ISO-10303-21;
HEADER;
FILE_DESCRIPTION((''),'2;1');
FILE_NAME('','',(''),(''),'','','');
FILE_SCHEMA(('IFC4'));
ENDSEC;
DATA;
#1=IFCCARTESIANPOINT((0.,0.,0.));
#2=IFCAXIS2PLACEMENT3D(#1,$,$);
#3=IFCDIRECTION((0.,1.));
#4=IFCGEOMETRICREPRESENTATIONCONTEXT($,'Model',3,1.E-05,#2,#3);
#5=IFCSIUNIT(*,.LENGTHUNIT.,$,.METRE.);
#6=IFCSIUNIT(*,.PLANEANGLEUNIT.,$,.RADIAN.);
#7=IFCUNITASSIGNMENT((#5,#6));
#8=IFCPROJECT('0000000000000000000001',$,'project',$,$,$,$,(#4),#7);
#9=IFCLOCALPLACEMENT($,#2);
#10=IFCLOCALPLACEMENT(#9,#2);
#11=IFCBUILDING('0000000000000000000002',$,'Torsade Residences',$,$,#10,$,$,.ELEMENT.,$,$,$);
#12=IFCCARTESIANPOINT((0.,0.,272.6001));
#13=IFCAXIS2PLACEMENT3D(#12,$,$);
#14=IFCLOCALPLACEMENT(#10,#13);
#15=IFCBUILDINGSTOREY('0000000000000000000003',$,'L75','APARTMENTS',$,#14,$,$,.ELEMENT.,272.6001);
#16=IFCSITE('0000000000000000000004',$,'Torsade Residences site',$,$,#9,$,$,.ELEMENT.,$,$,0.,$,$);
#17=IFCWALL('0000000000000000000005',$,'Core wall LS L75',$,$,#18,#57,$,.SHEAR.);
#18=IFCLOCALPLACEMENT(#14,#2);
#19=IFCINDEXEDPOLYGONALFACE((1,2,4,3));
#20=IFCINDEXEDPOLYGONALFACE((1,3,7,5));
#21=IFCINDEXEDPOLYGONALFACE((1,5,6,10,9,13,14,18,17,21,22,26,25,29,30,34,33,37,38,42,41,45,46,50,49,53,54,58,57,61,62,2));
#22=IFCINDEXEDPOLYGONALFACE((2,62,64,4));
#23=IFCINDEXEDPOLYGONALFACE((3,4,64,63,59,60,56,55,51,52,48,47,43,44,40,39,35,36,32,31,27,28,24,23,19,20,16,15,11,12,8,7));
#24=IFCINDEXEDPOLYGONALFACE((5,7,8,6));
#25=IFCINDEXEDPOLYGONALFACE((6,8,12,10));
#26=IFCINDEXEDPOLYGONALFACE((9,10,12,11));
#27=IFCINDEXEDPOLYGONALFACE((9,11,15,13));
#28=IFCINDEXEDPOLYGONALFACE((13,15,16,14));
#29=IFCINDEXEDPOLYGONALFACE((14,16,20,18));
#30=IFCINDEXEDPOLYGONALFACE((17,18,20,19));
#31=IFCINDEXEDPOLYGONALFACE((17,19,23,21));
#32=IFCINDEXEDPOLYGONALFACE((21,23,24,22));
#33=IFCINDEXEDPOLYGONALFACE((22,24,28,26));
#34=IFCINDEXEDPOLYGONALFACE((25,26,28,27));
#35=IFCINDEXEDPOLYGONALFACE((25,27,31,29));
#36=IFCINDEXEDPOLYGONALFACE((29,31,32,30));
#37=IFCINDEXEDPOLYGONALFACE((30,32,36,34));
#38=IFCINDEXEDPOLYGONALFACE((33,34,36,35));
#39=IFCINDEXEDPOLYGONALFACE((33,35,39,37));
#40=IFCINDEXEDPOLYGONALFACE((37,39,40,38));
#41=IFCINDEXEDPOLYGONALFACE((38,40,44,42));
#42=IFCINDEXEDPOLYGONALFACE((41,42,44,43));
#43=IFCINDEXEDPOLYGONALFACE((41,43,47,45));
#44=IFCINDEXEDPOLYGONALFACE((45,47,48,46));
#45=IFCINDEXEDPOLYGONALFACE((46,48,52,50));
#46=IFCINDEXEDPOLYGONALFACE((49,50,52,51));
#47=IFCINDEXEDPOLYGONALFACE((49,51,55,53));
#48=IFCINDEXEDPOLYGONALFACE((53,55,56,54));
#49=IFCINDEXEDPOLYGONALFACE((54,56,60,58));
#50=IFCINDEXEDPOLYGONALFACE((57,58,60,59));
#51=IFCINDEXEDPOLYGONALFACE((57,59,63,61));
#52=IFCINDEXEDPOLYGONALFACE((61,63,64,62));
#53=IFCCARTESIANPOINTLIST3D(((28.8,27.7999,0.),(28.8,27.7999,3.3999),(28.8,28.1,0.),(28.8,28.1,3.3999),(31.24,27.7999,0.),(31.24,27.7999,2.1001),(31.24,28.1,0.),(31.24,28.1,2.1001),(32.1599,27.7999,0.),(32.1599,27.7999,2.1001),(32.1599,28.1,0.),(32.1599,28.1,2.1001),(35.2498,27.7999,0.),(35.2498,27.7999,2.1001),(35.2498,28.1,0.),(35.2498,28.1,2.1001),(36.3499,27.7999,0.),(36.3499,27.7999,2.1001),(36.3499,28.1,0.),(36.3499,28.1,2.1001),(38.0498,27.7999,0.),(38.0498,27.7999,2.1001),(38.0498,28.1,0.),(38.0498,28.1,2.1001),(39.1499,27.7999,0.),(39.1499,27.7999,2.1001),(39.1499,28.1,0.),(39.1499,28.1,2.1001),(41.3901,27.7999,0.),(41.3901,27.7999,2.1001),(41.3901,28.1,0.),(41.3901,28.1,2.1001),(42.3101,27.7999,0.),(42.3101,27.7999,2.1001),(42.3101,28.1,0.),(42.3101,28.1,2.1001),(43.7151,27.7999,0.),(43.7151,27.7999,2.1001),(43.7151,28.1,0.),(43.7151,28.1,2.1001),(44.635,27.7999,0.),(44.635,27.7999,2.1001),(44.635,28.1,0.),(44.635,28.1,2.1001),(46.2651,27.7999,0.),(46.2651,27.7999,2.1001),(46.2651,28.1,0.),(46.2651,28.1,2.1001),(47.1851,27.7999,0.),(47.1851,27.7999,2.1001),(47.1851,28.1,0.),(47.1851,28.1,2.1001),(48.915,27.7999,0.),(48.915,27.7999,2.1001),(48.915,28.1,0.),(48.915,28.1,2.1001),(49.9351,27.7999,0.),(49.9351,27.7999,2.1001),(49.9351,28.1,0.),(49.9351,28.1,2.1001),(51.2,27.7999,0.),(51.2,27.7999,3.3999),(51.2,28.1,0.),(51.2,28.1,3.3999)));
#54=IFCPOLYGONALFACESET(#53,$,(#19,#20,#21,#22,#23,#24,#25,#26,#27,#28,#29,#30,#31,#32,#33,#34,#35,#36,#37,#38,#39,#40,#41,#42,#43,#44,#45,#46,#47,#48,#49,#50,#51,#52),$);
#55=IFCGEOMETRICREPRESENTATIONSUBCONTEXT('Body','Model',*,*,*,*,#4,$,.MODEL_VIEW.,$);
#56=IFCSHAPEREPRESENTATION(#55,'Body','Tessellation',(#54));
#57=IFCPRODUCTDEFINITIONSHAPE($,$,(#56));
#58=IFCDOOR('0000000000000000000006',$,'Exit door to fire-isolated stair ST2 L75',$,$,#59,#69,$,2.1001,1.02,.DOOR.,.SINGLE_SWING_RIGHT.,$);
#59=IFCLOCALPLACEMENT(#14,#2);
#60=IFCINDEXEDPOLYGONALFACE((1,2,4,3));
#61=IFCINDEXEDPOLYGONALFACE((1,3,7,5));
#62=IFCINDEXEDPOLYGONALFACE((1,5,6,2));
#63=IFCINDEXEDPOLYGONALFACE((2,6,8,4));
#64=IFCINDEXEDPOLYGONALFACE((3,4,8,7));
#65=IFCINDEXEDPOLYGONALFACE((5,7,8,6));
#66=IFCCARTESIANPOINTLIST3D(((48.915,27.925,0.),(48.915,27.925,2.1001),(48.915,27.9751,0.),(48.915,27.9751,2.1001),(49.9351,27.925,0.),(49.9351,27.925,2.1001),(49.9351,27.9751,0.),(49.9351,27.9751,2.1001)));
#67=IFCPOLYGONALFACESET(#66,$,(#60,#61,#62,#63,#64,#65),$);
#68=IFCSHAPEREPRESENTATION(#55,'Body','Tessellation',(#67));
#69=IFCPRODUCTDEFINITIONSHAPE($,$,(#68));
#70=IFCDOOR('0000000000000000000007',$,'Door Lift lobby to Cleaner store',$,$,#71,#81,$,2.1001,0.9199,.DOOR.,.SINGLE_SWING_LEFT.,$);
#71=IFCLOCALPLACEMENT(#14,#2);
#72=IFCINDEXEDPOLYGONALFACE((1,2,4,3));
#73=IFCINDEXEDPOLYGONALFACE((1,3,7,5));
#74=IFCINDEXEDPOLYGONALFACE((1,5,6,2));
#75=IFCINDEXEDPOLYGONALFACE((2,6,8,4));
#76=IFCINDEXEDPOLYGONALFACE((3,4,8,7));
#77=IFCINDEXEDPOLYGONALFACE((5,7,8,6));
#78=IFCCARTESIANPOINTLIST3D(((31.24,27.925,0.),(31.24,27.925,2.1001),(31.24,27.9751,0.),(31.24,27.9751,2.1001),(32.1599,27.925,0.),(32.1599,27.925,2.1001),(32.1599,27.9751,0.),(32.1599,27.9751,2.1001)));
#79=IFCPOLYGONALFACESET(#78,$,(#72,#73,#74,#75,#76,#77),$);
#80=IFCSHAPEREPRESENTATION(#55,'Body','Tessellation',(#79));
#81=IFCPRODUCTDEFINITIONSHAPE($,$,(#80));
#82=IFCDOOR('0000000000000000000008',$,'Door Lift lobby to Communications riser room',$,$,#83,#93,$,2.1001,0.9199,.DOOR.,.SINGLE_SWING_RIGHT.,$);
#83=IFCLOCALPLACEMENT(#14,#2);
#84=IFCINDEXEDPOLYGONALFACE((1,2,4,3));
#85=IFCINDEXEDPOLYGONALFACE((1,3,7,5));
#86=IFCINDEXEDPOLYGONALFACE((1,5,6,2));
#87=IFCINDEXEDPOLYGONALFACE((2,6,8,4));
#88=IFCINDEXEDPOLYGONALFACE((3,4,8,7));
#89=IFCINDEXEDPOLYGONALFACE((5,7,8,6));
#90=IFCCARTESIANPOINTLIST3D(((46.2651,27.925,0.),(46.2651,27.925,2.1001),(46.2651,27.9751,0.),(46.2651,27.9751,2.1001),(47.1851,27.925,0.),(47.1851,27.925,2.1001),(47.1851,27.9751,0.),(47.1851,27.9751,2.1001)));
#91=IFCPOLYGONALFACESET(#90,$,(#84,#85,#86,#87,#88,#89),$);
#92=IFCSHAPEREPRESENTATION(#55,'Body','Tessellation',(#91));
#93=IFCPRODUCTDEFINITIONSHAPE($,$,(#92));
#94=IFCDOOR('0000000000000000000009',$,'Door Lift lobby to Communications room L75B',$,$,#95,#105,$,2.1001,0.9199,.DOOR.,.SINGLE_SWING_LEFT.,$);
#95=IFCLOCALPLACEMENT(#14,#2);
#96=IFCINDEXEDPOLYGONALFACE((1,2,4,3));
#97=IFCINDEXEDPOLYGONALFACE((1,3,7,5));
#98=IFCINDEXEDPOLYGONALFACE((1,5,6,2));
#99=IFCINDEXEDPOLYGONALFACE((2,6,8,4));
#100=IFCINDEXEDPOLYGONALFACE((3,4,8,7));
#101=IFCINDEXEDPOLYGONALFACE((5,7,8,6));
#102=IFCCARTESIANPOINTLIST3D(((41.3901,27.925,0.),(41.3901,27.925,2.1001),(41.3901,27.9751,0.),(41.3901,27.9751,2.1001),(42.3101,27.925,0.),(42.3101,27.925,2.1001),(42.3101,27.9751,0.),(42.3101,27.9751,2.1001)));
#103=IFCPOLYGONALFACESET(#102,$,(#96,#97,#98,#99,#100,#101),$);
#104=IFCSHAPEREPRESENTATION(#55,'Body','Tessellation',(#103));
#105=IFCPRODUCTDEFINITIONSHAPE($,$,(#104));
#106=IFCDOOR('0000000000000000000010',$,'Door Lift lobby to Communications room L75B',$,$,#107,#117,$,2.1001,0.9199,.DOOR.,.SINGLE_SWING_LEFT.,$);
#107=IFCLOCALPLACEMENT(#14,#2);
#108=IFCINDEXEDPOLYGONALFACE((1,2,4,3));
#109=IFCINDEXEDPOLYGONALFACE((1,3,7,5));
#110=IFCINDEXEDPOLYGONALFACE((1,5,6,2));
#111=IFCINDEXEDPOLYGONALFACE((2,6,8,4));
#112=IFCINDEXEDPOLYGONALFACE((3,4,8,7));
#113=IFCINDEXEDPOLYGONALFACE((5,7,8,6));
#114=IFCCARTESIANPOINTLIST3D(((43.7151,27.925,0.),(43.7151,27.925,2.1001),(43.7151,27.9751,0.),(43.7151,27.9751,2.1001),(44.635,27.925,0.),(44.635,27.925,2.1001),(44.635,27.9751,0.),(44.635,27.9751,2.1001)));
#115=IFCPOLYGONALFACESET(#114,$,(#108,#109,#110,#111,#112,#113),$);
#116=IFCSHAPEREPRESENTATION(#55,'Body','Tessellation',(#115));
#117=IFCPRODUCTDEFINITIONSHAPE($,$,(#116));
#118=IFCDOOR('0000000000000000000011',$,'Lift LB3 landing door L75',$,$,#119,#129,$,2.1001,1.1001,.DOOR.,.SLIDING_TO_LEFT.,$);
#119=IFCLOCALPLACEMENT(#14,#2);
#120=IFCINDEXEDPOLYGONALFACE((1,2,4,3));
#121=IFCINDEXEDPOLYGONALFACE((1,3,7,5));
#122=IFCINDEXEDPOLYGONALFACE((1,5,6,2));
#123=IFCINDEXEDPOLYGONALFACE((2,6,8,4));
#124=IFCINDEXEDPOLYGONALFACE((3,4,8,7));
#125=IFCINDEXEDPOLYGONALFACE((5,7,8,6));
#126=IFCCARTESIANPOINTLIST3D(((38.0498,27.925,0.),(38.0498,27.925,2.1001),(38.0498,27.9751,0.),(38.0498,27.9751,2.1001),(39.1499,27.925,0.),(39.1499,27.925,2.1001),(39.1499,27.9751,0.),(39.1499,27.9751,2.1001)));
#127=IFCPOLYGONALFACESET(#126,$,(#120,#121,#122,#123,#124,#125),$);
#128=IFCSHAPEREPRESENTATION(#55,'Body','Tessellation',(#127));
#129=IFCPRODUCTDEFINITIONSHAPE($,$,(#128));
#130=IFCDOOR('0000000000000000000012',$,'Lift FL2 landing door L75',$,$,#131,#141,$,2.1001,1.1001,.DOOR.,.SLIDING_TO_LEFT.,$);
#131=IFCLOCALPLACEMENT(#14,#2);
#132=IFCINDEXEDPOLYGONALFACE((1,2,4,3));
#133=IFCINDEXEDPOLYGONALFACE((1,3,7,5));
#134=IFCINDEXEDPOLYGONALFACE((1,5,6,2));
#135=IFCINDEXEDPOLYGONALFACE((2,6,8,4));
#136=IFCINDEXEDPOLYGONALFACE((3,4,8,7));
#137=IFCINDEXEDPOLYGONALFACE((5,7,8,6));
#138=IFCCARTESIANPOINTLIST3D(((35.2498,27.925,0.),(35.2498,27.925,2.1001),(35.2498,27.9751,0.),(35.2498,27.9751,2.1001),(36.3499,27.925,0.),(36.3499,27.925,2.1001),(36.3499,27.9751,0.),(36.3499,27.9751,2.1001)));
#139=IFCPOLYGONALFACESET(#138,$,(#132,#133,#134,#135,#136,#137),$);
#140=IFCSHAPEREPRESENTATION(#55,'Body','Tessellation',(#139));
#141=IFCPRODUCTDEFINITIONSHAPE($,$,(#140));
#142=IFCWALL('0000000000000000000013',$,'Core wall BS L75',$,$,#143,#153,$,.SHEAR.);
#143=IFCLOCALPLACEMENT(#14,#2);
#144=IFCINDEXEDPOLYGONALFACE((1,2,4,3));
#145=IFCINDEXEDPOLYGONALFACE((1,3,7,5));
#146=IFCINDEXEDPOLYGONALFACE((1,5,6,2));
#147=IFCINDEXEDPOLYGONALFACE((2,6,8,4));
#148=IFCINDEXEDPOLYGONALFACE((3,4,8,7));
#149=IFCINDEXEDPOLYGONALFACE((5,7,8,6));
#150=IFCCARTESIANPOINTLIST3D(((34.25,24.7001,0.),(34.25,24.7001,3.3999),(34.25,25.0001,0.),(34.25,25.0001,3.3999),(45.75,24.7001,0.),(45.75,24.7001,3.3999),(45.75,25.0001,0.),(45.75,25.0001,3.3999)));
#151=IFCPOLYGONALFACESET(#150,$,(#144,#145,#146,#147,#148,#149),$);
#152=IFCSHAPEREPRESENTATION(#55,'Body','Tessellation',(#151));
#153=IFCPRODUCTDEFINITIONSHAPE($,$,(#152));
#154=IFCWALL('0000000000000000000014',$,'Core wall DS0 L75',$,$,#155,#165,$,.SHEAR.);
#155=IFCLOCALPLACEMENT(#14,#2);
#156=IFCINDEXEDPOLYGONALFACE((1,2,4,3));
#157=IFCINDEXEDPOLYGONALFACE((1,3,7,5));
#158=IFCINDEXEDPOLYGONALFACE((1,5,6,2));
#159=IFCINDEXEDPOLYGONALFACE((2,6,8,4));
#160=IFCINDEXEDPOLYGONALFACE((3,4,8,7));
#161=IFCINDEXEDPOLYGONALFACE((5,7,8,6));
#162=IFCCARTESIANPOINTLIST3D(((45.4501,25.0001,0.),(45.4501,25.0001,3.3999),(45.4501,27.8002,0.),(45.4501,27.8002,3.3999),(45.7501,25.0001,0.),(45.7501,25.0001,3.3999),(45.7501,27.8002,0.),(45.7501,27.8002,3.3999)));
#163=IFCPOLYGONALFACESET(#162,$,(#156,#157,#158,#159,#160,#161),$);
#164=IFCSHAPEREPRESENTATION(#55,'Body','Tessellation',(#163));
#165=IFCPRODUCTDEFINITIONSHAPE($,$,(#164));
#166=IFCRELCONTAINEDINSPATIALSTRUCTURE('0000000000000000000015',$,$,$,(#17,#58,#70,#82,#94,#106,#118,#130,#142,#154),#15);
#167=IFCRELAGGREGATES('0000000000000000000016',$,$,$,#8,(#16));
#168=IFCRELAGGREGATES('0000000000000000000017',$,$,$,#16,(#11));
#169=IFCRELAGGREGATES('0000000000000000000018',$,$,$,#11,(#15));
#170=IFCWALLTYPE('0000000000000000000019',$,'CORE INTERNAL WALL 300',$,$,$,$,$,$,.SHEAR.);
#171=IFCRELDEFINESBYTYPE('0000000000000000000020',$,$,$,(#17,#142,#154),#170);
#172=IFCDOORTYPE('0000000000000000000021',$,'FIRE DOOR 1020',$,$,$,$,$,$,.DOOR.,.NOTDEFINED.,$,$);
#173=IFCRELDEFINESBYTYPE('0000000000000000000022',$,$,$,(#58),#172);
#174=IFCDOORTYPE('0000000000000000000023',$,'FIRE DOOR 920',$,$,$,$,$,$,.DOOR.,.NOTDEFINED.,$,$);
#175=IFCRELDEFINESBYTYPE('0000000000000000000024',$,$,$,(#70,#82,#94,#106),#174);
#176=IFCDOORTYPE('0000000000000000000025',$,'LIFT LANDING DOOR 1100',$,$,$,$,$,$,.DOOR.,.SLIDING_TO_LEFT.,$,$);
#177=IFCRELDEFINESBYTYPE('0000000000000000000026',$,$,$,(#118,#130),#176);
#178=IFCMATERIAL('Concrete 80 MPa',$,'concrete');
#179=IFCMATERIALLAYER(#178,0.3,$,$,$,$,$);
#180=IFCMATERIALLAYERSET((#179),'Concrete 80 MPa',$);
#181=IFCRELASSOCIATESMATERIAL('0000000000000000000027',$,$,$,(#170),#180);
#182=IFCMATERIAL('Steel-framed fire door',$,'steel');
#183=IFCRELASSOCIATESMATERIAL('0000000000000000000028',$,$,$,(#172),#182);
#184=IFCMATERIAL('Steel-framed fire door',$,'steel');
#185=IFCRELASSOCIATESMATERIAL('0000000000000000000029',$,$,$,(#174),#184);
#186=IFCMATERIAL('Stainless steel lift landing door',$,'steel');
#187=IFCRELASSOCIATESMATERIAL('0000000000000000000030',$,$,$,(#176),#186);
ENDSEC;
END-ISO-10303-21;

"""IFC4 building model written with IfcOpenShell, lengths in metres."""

from ifc_helpers import new_model, si_unit, direction, frame, frame_2d, origin, place, context, subcontext, project, spatial, rectangle, extrude, material, layer, layer_set, type_object, element, fill, save


model = new_model("IFC4")

# Units and contexts
model_context = context("Model", 3, precision=1e-05, world=origin(), true_north=direction((0.0, 1.0)))
body_context = subcontext(model_context, "Body", "Model", "MODEL_VIEW")
ifc_project = project(units=[si_unit("LENGTHUNIT", "METRE"), si_unit("PLANEANGLEUNIT", "RADIAN")], contexts=[model_context])

# Site, building, storey
site_placement = place(None, origin())
site = spatial("IfcSite", under=ifc_project, at=site_placement, Name="Torsade Residences site", CompositionType="ELEMENT", RefElevation=0.0)
building_placement = place(site_placement, origin())
building = spatial("IfcBuilding", under=site, at=building_placement, Name="Torsade Residences", CompositionType="ELEMENT")
storey_placement = place(building_placement, frame((0.0, 0.0, 272.6001)))
storey = spatial("IfcBuildingStorey", under=building, at=storey_placement, Name="L75", Description="APARTMENTS", CompositionType="ELEMENT", Elevation=272.6001)

# Wall, openings, doors
ifc_material_1 = material(Name="Concrete 80 MPa", Category="concrete")
ifc_layer_1 = layer(ifc_material_1, 0.3)
ifc_layer_set_1 = layer_set([ifc_layer_1], Name="Concrete 80 MPa")
wall_type_1 = type_object("IfcWallType", Name="CORE INTERNAL WALL 300", PredefinedType="SHEAR", material=ifc_layer_set_1)
wall_1_placement = place(storey_placement, frame((51.2, 27.95, 0.0), z_axis=(0.0, 0.0, 1.0), x_axis=(-1.0, 0.0, 0.0)))
wall_1 = element("IfcWall", 1, at=wall_1_placement, inside=storey, type_object=wall_type_1, Name="Core wall LS L75", PredefinedType="SHEAR", context=body_context, shape_type="SweptSolid", body=[
    extrude(rectangle(XDim=22.3999, YDim=0.3, at=frame_2d((11.2, 0.0))), origin(), (0.0, 0.0, 1.0), 3.3999),
])
opening_1_placement = place(wall_1_placement, frame((19.04, 0.0, 0.0)))
opening_1 = element("IfcOpeningElement", 2, at=opening_1_placement, cuts=wall_1, PredefinedType="OPENING", context=body_context, shape_type="SweptSolid", body=[
    extrude(rectangle(XDim=0.9199, YDim=2.1001, at=frame_2d((0.46, 1.05))), frame((0.0, 0.1599, 0.0), z_axis=(0.0, -1.0, 0.0), x_axis=(1.0, 0.0, 0.0)), (0.0, 0.0, 1.0), 0.3201),
])
opening_2_placement = place(wall_1_placement, frame((1.2649, 0.0, 0.0)))
opening_2 = element("IfcOpeningElement", 3, at=opening_2_placement, cuts=wall_1, PredefinedType="OPENING", context=body_context, shape_type="SweptSolid", body=[
    extrude(rectangle(XDim=1.02, YDim=2.1001, at=frame_2d((0.51, 1.05))), frame((0.0, 0.1599, 0.0), z_axis=(0.0, -1.0, 0.0), x_axis=(1.0, 0.0, 0.0)), (0.0, 0.0, 1.0), 0.3201),
])
opening_3_placement = place(wall_1_placement, frame((4.0149, 0.0, 0.0)))
opening_3 = element("IfcOpeningElement", 4, at=opening_3_placement, cuts=wall_1, PredefinedType="OPENING", context=body_context, shape_type="SweptSolid", body=[
    extrude(rectangle(XDim=0.9199, YDim=2.1001, at=frame_2d((0.46, 1.05))), frame((0.0, 0.1599, 0.0), z_axis=(0.0, -1.0, 0.0), x_axis=(1.0, 0.0, 0.0)), (0.0, 0.0, 1.0), 0.3201),
])
opening_4_placement = place(wall_1_placement, frame((8.8899, 0.0, 0.0)))
opening_4 = element("IfcOpeningElement", 5, at=opening_4_placement, cuts=wall_1, PredefinedType="OPENING", context=body_context, shape_type="SweptSolid", body=[
    extrude(rectangle(XDim=0.9199, YDim=2.1001, at=frame_2d((0.46, 1.05))), frame((0.0, 0.1599, 0.0), z_axis=(0.0, -1.0, 0.0), x_axis=(1.0, 0.0, 0.0)), (0.0, 0.0, 1.0), 0.3201),
])
opening_5_placement = place(wall_1_placement, frame((6.5649, 0.0, 0.0)))
opening_5 = element("IfcOpeningElement", 6, at=opening_5_placement, cuts=wall_1, PredefinedType="OPENING", context=body_context, shape_type="SweptSolid", body=[
    extrude(rectangle(XDim=0.9199, YDim=2.1001, at=frame_2d((0.46, 1.05))), frame((0.0, 0.1599, 0.0), z_axis=(0.0, -1.0, 0.0), x_axis=(1.0, 0.0, 0.0)), (0.0, 0.0, 1.0), 0.3201),
])
opening_6_placement = place(wall_1_placement, frame((12.05, 0.0, 0.0)))
opening_6 = element("IfcOpeningElement", 7, at=opening_6_placement, cuts=wall_1, PredefinedType="OPENING", context=body_context, shape_type="SweptSolid", body=[
    extrude(rectangle(XDim=1.1001, YDim=2.1001, at=frame_2d((0.55, 1.05))), frame((0.0, 0.1599, 0.0), z_axis=(0.0, -1.0, 0.0), x_axis=(1.0, 0.0, 0.0)), (0.0, 0.0, 1.0), 0.3201),
])
opening_7_placement = place(wall_1_placement, frame((14.8501, 0.0, 0.0)))
opening_7 = element("IfcOpeningElement", 8, at=opening_7_placement, cuts=wall_1, PredefinedType="OPENING", context=body_context, shape_type="SweptSolid", body=[
    extrude(rectangle(XDim=1.1001, YDim=2.1001, at=frame_2d((0.55, 1.05))), frame((0.0, 0.1599, 0.0), z_axis=(0.0, -1.0, 0.0), x_axis=(1.0, 0.0, 0.0)), (0.0, 0.0, 1.0), 0.3201),
])
ifc_material_2 = material(Name="Steel-framed fire door", Category="steel")
door_type_1 = type_object("IfcDoorType", Name="FIRE DOOR 1020", OperationType="NOTDEFINED", PredefinedType="DOOR", material=ifc_material_2)
door_1_placement = place(opening_2_placement, origin())
door_1 = element("IfcDoor", 9, at=door_1_placement, inside=storey, type_object=door_type_1, Name="Exit door to fire-isolated stair ST2 L75", OperationType="SINGLE_SWING_RIGHT", OverallHeight=2.1001, OverallWidth=1.02, PredefinedType="DOOR", context=body_context, shape_type="SweptSolid", body=[
    extrude(rectangle(XDim=1.02, YDim=2.1001, at=frame_2d((0.51, 1.05))), frame((0.0, 0.0249, 0.0), z_axis=(0.0, -1.0, 0.0), x_axis=(1.0, 0.0, 0.0)), (0.0, 0.0, 1.0), 0.05),
])
fill(opening_2, door_1)
ifc_material_3 = material(Name="Steel-framed fire door", Category="steel")
door_type_2 = type_object("IfcDoorType", Name="FIRE DOOR 920", OperationType="NOTDEFINED", PredefinedType="DOOR", material=ifc_material_3)
door_2_placement = place(opening_1_placement, origin())
door_2 = element("IfcDoor", 10, at=door_2_placement, inside=storey, type_object=door_type_2, Name="Door Lift lobby to Cleaner store", OperationType="SINGLE_SWING_LEFT", OverallHeight=2.1001, OverallWidth=0.9199, PredefinedType="DOOR", context=body_context, shape_type="SweptSolid", body=[
    extrude(rectangle(XDim=0.9199, YDim=2.1001, at=frame_2d((0.46, 1.05))), frame((0.0, 0.0249, 0.0), z_axis=(0.0, -1.0, 0.0), x_axis=(1.0, 0.0, 0.0)), (0.0, 0.0, 1.0), 0.05),
])
fill(opening_1, door_2)
door_3_placement = place(opening_3_placement, origin())
door_3 = element("IfcDoor", 11, at=door_3_placement, inside=storey, type_object=door_type_2, Name="Door Lift lobby to Communications riser room", OperationType="SINGLE_SWING_RIGHT", OverallHeight=2.1001, OverallWidth=0.9199, PredefinedType="DOOR", context=body_context, shape_type="SweptSolid", body=[
    extrude(rectangle(XDim=0.9199, YDim=2.1001, at=frame_2d((0.46, 1.05))), frame((0.0, 0.0249, 0.0), z_axis=(0.0, -1.0, 0.0), x_axis=(1.0, 0.0, 0.0)), (0.0, 0.0, 1.0), 0.05),
])
fill(opening_3, door_3)
door_4_placement = place(opening_4_placement, origin())
door_4 = element("IfcDoor", 12, at=door_4_placement, inside=storey, type_object=door_type_2, Name="Door Lift lobby to Communications room L75B", OperationType="SINGLE_SWING_LEFT", OverallHeight=2.1001, OverallWidth=0.9199, PredefinedType="DOOR", context=body_context, shape_type="SweptSolid", body=[
    extrude(rectangle(XDim=0.9199, YDim=2.1001, at=frame_2d((0.46, 1.05))), frame((0.0, 0.0249, 0.0), z_axis=(0.0, -1.0, 0.0), x_axis=(1.0, 0.0, 0.0)), (0.0, 0.0, 1.0), 0.05),
])
fill(opening_4, door_4)
door_5_placement = place(opening_5_placement, origin())
door_5 = element("IfcDoor", 13, at=door_5_placement, inside=storey, type_object=door_type_2, Name="Door Lift lobby to Communications room L75B", OperationType="SINGLE_SWING_LEFT", OverallHeight=2.1001, OverallWidth=0.9199, PredefinedType="DOOR", context=body_context, shape_type="SweptSolid", body=[
    extrude(rectangle(XDim=0.9199, YDim=2.1001, at=frame_2d((0.46, 1.05))), frame((0.0, 0.0249, 0.0), z_axis=(0.0, -1.0, 0.0), x_axis=(1.0, 0.0, 0.0)), (0.0, 0.0, 1.0), 0.05),
])
fill(opening_5, door_5)
ifc_material_4 = material(Name="Stainless steel lift landing door", Category="steel")
door_type_3 = type_object("IfcDoorType", Name="LIFT LANDING DOOR 1100", OperationType="SLIDING_TO_LEFT", PredefinedType="DOOR", material=ifc_material_4)
door_6_placement = place(opening_6_placement, origin())
door_6 = element("IfcDoor", 14, at=door_6_placement, inside=storey, type_object=door_type_3, Name="Lift LB3 landing door L75", OperationType="SLIDING_TO_LEFT", OverallHeight=2.1001, OverallWidth=1.1001, PredefinedType="DOOR", context=body_context, shape_type="SweptSolid", body=[
    extrude(rectangle(XDim=1.1001, YDim=2.1001, at=frame_2d((0.55, 1.05))), frame((0.0, 0.0249, 0.0), z_axis=(0.0, -1.0, 0.0), x_axis=(1.0, 0.0, 0.0)), (0.0, 0.0, 1.0), 0.05),
])
fill(opening_6, door_6)
door_7_placement = place(opening_7_placement, origin())
door_7 = element("IfcDoor", 15, at=door_7_placement, inside=storey, type_object=door_type_3, Name="Lift FL2 landing door L75", OperationType="SLIDING_TO_LEFT", OverallHeight=2.1001, OverallWidth=1.1001, PredefinedType="DOOR", context=body_context, shape_type="SweptSolid", body=[
    extrude(rectangle(XDim=1.1001, YDim=2.1001, at=frame_2d((0.55, 1.05))), frame((0.0, 0.0249, 0.0), z_axis=(0.0, -1.0, 0.0), x_axis=(1.0, 0.0, 0.0)), (0.0, 0.0, 1.0), 0.05),
])
fill(opening_7, door_7)

# Walls
wall_2_placement = place(storey_placement, frame((45.75, 24.8501, 0.0), z_axis=(0.0, 0.0, 1.0), x_axis=(-1.0, 0.0, 0.0)))
element("IfcWall", 16, at=wall_2_placement, inside=storey, type_object=wall_type_1, Name="Core wall BS L75", PredefinedType="SHEAR", context=body_context, shape_type="SweptSolid", body=[
    extrude(rectangle(XDim=11.5, YDim=0.3, at=frame_2d((5.75, 0.0))), origin(), (0.0, 0.0, 1.0), 3.3999),
])
wall_3_placement = place(storey_placement, frame((45.6001, 27.8, 0.0), z_axis=(0.0, 0.0, 1.0), x_axis=(0.0, -1.0, 0.0)))
element("IfcWall", 17, at=wall_3_placement, inside=storey, type_object=wall_type_1, Name="Core wall DS0 L75", PredefinedType="SHEAR", context=body_context, shape_type="SweptSolid", body=[
    extrude(rectangle(XDim=2.8, YDim=0.3, at=frame_2d((1.3999, 0.0))), origin(), (0.0, 0.0, 1.0), 3.3999),
])

save(model, "model.ifc")
